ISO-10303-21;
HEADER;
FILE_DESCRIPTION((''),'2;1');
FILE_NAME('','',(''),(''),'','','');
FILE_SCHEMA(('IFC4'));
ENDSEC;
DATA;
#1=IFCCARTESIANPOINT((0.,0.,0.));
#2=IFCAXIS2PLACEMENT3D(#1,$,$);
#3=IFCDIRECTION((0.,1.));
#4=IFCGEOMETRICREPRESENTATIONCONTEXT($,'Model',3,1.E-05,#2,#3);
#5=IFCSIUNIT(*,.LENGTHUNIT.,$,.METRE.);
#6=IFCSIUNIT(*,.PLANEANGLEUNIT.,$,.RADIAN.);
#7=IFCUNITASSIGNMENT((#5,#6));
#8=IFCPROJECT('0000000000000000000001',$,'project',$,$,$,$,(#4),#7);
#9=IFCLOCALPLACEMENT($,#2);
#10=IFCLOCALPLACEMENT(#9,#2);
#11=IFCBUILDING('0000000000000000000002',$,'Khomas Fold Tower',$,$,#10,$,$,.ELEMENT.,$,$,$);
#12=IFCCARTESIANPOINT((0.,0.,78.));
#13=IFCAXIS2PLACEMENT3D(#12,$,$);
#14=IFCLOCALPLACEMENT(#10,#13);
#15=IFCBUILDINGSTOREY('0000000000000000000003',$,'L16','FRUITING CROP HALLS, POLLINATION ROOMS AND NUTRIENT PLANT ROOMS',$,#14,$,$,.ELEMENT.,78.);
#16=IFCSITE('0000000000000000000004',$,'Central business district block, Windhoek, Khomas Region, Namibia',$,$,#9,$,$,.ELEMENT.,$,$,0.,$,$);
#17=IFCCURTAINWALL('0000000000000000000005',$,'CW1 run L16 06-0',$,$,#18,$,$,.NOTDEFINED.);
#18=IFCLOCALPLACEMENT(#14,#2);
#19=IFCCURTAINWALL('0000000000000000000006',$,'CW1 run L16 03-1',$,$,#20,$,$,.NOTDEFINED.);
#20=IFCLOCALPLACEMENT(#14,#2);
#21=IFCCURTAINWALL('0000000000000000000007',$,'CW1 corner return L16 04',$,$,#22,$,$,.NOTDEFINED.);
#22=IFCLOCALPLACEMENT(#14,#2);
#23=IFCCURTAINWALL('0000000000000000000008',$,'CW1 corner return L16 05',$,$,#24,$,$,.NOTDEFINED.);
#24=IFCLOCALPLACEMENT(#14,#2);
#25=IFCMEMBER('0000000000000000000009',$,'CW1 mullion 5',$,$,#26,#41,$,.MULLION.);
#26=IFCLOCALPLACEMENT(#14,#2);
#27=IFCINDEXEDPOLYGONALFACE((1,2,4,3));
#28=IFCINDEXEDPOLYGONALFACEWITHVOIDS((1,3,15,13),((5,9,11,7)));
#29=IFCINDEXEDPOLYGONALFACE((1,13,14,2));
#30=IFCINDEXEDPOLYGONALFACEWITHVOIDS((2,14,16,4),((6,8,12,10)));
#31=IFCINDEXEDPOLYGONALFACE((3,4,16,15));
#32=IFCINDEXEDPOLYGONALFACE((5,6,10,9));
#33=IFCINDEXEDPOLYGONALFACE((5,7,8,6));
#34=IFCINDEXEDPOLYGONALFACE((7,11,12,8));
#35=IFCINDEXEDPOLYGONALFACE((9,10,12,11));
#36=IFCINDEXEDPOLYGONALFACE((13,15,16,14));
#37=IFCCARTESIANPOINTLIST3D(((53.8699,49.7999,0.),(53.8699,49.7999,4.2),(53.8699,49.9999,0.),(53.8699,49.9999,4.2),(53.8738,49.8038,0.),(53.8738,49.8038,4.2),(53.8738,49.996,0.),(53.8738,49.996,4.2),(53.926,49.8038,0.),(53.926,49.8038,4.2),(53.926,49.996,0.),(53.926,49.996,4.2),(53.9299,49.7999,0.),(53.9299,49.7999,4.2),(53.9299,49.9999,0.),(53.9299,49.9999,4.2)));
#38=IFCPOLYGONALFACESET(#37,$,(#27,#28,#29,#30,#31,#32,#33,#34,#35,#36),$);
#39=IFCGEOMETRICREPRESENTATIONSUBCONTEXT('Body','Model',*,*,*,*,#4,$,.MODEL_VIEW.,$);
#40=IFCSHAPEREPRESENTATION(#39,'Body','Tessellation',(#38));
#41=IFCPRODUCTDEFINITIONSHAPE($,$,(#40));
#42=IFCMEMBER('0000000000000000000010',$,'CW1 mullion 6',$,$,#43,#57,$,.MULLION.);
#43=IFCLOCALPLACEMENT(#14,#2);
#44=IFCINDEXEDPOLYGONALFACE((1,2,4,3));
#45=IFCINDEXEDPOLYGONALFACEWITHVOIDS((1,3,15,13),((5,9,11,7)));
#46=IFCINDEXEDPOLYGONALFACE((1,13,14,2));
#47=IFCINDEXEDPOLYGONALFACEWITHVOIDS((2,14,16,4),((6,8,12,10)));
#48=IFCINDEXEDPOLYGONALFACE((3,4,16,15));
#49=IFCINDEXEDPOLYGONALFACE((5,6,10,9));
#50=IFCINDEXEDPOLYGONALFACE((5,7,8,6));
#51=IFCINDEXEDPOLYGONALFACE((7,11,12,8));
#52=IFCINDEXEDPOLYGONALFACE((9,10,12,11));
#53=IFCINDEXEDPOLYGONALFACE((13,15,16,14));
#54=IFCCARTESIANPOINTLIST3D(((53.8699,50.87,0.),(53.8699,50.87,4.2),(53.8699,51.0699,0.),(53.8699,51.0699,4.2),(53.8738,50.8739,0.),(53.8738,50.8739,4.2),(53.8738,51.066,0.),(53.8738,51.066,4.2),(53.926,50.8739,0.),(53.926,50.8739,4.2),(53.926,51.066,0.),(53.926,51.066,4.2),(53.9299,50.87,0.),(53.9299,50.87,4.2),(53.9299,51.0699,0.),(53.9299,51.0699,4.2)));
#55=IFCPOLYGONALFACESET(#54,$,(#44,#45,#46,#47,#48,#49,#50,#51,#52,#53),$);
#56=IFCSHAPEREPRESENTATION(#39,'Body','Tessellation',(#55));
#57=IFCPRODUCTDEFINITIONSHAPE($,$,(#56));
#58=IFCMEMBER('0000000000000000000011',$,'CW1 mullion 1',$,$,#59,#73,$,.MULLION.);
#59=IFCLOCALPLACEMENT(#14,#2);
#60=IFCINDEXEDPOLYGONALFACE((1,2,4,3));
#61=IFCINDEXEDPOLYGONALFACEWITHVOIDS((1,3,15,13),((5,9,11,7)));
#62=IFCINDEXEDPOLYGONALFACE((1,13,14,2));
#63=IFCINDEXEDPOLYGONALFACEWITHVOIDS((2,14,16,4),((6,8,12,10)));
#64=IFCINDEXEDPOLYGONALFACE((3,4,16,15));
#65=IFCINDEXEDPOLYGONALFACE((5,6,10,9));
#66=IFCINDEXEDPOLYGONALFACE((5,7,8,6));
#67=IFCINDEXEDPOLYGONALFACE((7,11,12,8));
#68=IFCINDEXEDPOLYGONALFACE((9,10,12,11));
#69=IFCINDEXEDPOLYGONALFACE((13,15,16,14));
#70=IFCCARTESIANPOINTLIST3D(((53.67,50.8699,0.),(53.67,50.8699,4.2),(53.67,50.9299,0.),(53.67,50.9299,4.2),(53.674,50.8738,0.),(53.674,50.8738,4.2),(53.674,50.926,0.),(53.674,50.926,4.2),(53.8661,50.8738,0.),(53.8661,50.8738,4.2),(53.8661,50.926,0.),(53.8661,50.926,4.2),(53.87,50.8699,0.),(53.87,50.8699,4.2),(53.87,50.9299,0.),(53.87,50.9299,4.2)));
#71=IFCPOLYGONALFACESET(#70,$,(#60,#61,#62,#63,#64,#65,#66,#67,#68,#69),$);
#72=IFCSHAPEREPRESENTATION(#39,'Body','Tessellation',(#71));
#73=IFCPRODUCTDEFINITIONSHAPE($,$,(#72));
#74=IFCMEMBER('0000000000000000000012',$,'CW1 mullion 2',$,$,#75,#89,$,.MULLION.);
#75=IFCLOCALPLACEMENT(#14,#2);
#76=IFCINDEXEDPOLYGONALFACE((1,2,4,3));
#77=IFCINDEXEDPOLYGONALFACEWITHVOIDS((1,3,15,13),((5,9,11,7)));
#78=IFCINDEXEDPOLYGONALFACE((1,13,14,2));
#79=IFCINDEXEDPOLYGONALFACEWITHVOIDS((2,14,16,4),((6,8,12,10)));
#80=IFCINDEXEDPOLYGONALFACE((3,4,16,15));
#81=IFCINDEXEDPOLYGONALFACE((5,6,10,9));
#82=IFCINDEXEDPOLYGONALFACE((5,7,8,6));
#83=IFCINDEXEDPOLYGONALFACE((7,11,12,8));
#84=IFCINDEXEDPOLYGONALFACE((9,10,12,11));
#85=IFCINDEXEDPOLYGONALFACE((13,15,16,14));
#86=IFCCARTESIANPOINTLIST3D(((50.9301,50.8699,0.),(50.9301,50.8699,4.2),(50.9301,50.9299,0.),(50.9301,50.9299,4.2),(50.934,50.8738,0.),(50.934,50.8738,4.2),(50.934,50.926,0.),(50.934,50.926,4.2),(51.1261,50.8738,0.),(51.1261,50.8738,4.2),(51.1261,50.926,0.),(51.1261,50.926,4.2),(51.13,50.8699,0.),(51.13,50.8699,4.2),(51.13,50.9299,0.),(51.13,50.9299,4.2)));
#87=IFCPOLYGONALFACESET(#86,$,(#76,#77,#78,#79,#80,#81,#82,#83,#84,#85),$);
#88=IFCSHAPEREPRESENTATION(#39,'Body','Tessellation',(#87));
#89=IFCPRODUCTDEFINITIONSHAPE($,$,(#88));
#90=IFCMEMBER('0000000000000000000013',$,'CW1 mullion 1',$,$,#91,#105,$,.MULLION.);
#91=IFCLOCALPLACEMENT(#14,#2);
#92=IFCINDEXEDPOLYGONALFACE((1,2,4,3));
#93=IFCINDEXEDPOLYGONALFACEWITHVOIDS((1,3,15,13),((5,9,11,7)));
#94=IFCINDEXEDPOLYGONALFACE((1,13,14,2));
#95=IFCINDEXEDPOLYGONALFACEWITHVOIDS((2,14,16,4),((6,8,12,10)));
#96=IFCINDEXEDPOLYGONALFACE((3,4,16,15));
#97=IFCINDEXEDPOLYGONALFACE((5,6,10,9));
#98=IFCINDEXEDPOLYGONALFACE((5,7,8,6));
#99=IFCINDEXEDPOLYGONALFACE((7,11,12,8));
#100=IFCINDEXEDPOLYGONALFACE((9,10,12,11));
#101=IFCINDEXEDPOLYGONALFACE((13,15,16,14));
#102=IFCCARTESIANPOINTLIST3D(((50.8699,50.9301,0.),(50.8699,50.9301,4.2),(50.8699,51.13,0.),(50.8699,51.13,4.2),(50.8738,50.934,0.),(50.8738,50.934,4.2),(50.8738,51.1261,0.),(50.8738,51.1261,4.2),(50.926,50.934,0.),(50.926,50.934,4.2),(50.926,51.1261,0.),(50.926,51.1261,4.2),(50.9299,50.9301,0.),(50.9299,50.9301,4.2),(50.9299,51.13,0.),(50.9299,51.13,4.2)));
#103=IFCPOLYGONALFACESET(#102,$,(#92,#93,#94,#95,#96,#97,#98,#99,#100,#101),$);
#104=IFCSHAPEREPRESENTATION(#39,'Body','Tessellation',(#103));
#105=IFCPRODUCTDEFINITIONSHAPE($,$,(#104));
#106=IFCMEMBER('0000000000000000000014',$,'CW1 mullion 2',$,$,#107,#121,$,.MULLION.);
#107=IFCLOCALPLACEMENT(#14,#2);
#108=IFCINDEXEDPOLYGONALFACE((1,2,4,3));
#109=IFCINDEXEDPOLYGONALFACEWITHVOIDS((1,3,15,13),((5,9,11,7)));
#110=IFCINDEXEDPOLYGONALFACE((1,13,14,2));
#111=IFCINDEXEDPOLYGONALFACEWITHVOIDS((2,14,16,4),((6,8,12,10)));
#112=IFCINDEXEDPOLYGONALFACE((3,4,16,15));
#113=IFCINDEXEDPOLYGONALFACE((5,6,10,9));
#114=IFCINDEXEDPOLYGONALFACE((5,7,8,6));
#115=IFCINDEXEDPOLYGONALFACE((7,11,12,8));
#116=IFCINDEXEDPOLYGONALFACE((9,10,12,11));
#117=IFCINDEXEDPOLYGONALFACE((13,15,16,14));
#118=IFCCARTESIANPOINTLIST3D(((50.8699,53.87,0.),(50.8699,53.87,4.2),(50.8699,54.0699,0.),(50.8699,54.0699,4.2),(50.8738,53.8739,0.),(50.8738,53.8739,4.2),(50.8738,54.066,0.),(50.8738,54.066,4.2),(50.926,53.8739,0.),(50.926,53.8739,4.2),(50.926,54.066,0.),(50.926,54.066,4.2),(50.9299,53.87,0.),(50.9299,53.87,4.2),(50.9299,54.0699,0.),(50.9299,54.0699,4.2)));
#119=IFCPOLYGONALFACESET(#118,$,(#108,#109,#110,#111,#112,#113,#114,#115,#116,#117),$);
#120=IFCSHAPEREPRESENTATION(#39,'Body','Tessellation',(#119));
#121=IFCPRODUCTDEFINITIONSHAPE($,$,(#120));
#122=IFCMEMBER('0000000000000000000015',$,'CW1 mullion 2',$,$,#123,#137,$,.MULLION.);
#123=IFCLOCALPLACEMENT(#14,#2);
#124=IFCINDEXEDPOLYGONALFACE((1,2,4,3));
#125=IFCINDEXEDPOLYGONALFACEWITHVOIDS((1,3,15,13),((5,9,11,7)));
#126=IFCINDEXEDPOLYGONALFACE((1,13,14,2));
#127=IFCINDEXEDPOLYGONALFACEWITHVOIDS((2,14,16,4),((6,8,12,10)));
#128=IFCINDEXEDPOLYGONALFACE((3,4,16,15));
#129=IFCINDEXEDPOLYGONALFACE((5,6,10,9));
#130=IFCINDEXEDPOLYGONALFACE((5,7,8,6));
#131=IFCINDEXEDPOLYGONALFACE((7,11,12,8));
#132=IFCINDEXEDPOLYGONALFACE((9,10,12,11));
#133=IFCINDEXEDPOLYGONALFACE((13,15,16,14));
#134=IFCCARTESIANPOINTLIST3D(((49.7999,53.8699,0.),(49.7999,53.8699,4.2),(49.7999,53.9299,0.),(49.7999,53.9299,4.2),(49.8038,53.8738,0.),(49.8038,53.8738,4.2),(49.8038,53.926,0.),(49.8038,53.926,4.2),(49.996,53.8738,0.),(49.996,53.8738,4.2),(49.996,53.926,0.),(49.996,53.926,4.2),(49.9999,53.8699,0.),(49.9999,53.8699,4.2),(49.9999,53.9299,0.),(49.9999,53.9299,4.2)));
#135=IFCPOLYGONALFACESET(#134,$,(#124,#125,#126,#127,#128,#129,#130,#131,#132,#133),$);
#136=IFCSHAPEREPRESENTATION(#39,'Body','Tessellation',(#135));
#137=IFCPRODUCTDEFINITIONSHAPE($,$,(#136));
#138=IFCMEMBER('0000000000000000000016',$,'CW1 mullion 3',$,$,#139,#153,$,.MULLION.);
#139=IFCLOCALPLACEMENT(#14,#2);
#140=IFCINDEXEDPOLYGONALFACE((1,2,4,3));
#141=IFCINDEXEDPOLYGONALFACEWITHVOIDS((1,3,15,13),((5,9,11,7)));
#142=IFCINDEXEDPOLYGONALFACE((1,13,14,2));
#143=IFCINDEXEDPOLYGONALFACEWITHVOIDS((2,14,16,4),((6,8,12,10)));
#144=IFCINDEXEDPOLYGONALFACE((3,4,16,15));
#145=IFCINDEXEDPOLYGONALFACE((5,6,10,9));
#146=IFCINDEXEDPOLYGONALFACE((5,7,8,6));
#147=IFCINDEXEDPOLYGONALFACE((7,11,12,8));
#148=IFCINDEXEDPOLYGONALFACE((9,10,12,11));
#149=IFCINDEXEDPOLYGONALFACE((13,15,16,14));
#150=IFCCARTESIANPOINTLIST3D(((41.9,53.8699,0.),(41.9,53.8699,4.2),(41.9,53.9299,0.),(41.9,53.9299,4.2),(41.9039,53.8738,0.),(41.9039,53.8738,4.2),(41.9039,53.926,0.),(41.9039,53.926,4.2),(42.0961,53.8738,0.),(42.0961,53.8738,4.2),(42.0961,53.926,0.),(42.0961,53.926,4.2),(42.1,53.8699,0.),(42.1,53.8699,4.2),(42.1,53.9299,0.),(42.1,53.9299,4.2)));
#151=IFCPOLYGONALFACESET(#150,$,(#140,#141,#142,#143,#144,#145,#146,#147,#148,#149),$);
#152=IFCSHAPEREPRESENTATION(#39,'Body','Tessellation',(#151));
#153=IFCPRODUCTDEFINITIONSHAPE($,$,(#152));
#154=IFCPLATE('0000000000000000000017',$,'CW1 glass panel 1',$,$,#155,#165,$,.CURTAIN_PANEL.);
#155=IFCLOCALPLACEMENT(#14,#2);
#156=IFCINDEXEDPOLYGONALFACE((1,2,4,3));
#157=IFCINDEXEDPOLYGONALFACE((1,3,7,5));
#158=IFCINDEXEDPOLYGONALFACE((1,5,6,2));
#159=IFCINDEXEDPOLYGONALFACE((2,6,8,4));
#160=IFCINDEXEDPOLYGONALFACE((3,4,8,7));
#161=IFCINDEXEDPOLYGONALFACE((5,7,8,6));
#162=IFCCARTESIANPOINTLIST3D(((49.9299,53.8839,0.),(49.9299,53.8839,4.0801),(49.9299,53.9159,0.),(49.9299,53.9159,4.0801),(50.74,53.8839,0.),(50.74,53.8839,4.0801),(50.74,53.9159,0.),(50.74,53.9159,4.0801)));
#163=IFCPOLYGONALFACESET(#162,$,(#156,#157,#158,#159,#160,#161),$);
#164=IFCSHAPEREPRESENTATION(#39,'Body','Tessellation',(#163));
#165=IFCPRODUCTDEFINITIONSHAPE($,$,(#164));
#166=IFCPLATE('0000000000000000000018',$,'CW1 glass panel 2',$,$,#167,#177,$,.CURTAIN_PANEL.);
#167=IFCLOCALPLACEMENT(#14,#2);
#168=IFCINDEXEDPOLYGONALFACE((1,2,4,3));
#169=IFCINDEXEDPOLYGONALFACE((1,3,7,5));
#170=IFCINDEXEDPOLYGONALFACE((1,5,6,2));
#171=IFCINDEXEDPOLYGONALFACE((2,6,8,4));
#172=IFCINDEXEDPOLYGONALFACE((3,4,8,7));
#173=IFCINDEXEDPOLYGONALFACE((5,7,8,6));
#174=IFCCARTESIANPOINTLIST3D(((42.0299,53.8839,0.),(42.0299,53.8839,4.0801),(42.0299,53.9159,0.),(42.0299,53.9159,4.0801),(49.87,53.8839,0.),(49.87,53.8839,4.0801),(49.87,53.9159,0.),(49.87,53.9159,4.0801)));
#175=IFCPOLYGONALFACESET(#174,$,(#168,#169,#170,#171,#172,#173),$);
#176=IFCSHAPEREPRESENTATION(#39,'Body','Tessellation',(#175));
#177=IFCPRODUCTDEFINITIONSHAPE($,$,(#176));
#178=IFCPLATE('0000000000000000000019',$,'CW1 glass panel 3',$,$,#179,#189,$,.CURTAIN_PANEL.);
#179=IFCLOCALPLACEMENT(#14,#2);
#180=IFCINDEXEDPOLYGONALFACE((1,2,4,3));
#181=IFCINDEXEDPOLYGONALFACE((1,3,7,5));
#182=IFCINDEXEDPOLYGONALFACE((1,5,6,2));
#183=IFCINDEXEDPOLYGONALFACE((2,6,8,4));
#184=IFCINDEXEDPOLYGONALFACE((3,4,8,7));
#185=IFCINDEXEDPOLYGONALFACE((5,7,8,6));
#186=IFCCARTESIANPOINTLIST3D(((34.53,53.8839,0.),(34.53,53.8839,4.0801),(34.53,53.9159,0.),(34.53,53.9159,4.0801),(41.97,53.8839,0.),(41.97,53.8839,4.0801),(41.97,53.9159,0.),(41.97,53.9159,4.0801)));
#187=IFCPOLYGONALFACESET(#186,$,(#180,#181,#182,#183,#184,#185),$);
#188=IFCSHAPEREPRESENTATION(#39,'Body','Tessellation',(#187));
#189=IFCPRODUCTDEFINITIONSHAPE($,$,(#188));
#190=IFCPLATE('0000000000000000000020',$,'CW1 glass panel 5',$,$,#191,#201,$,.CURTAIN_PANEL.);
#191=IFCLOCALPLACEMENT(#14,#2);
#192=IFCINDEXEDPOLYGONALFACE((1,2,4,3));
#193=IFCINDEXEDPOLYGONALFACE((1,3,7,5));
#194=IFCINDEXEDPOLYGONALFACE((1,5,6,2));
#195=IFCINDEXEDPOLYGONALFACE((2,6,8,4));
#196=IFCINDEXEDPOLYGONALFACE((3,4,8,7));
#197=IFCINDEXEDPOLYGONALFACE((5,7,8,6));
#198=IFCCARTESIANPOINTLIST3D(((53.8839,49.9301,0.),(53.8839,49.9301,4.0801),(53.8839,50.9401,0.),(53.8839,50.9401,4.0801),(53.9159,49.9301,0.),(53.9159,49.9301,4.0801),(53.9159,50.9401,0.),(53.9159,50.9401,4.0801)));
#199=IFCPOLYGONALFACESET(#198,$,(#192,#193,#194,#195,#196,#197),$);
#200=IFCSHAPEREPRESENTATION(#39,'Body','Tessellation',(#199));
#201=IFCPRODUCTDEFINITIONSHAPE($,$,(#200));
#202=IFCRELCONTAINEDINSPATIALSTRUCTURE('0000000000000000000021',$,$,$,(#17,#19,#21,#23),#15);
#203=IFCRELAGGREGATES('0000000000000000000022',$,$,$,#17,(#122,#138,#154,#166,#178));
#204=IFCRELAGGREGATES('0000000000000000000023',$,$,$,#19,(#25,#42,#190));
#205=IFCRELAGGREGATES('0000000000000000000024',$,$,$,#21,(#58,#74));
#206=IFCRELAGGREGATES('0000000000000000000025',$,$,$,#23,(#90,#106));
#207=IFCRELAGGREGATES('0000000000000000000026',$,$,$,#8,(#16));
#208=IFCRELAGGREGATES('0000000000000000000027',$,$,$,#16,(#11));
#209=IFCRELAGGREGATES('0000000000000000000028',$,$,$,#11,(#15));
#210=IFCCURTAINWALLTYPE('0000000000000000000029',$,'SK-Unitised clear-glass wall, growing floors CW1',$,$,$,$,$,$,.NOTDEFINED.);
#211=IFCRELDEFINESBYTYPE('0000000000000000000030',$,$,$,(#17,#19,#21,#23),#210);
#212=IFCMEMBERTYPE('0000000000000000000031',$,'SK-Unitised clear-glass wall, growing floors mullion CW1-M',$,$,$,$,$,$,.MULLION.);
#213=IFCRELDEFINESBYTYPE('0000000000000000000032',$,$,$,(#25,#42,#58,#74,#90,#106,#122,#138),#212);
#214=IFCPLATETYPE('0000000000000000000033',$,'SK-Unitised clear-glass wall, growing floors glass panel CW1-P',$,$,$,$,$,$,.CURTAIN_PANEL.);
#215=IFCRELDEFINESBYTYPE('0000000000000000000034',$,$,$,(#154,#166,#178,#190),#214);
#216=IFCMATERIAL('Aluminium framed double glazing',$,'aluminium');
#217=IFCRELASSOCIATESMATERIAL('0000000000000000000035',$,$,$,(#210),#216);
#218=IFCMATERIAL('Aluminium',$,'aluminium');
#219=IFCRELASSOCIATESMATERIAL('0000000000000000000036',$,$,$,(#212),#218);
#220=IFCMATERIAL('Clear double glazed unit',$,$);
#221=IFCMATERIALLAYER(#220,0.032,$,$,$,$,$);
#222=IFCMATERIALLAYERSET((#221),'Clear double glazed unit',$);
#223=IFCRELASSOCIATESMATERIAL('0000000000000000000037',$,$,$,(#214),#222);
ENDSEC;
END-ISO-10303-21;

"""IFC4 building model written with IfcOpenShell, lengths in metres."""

from ifc_helpers import new_model, si_unit, direction, frame, origin, origin_2d, place, context, subcontext, project, spatial, rectangle, hollow_rectangle, extrude, source, transform, mapped, material, layer, layer_set, material_profile, profile_set, type_object, element, aggregate, save


model = new_model("IFC4")

# Units and contexts
model_context = context("Model", 3, precision=1e-05, world=origin(), true_north=direction((0.0, 1.0)))
body_context = subcontext(model_context, "Body", "Model", "MODEL_VIEW")
ifc_project = project(units=[si_unit("LENGTHUNIT", "METRE"), si_unit("PLANEANGLEUNIT", "RADIAN")], contexts=[model_context])

# Site, building, storey
site_placement = place(None, origin())
site = spatial("IfcSite", under=ifc_project, at=site_placement, Name="Central business district block, Windhoek, Khomas Region, Namibia", CompositionType="ELEMENT", RefElevation=0.0)
building_placement = place(site_placement, origin())
building = spatial("IfcBuilding", under=site, at=building_placement, Name="Khomas Fold Tower", CompositionType="ELEMENT")
storey_placement = place(building_placement, frame((0.0, 0.0, 78.0)))
storey = spatial("IfcBuildingStorey", under=building, at=storey_placement, Name="L16", Description="FRUITING CROP HALLS, POLLINATION ROOMS AND NUTRIENT PLANT ROOMS", CompositionType="ELEMENT", Elevation=78.0)

# Curtain wall
ifc_material_1 = material(Name="Aluminium framed double glazing", Category="aluminium")
curtain_wall_type = type_object("IfcCurtainWallType", Name="SK-Unitised clear-glass wall, growing floors CW1", PredefinedType="NOTDEFINED", material=ifc_material_1)
curtain_wall_1_placement = place(storey_placement, origin())
curtain_wall_1 = element("IfcCurtainWall", 1, at=curtain_wall_1_placement, inside=storey, type_object=curtain_wall_type, Name="CW1 run L16 06-0", PredefinedType="NOTDEFINED")

# Curtain walls
curtain_wall_2_placement = place(storey_placement, origin())
curtain_wall_2 = element("IfcCurtainWall", 2, at=curtain_wall_2_placement, inside=storey, type_object=curtain_wall_type, Name="CW1 run L16 03-1", PredefinedType="NOTDEFINED")
curtain_wall_3_placement = place(storey_placement, origin())
curtain_wall_3 = element("IfcCurtainWall", 3, at=curtain_wall_3_placement, inside=storey, type_object=curtain_wall_type, Name="CW1 corner return L16 04", PredefinedType="NOTDEFINED")
curtain_wall_4_placement = place(storey_placement, origin())
curtain_wall_4 = element("IfcCurtainWall", 4, at=curtain_wall_4_placement, inside=storey, type_object=curtain_wall_type, Name="CW1 corner return L16 05", PredefinedType="NOTDEFINED")

# Members
ifc_material_2 = material(Name="Aluminium", Category="aluminium")
ifc_material_profile_1 = material_profile(ifc_material_2, hollow_rectangle(XDim=0.0601, YDim=0.2, WallThickness=0.0039, at=origin_2d()), Name="SK-Unitised clear-glass wall, growing floors mullion CW1-M")
ifc_profile_set_1 = profile_set([ifc_material_profile_1], Name="Aluminium")
member_type_1 = type_object("IfcMemberType", Name="SK-Unitised clear-glass wall, growing floors mullion CW1-M", PredefinedType="MULLION", material=ifc_profile_set_1)
shared_shape_1 = source(origin(), body_context, "Body", "SweptSolid", [
    extrude(hollow_rectangle(XDim=0.0601, YDim=0.2, WallThickness=0.0039, at=origin_2d()), origin(), (0.0, 0.0, 1.0), 4.2),
])
member_1_placement = place(storey_placement, frame((53.8999, 49.8999, 0.0), z_axis=(0.0, 0.0, 1.0), x_axis=(-1.0, 0.0, 0.0)))
member_1 = element("IfcMember", 5, at=member_1_placement, type_object=member_type_1, Name="CW1 mullion 5", PredefinedType="MULLION", context=body_context, shape_type="MappedRepresentation", body=[
    mapped(shared_shape_1, transform((0.0, 0.0, 0.0))),
])
member_2_placement = place(storey_placement, frame((53.8999, 50.97, 0.0), z_axis=(0.0, 0.0, 1.0), x_axis=(-1.0, 0.0, 0.0)))
member_2 = element("IfcMember", 6, at=member_2_placement, type_object=member_type_1, Name="CW1 mullion 6", PredefinedType="MULLION", context=body_context, shape_type="MappedRepresentation", body=[
    mapped(shared_shape_1, transform((0.0, 0.0, 0.0))),
])
member_3_placement = place(storey_placement, frame((53.77, 50.8999, 0.0), z_axis=(0.0, 0.0, 1.0), x_axis=(0.0, -1.0, 0.0)))
member_3 = element("IfcMember", 7, at=member_3_placement, type_object=member_type_1, Name="CW1 mullion 1", PredefinedType="MULLION", context=body_context, shape_type="MappedRepresentation", body=[
    mapped(shared_shape_1, transform((0.0, 0.0, 0.0))),
])
member_4_placement = place(storey_placement, frame((51.03, 50.8999, 0.0), z_axis=(0.0, 0.0, 1.0), x_axis=(0.0, -1.0, 0.0)))
member_4 = element("IfcMember", 8, at=member_4_placement, type_object=member_type_1, Name="CW1 mullion 2", PredefinedType="MULLION", context=body_context, shape_type="MappedRepresentation", body=[
    mapped(shared_shape_1, transform((0.0, 0.0, 0.0))),
])
member_5_placement = place(storey_placement, frame((50.8999, 51.03, 0.0), z_axis=(0.0, 0.0, 1.0), x_axis=(-1.0, 0.0, 0.0)))
member_5 = element("IfcMember", 9, at=member_5_placement, type_object=member_type_1, Name="CW1 mullion 1", PredefinedType="MULLION", context=body_context, shape_type="MappedRepresentation", body=[
    mapped(shared_shape_1, transform((0.0, 0.0, 0.0))),
])
member_6_placement = place(storey_placement, frame((50.8999, 53.97, 0.0), z_axis=(0.0, 0.0, 1.0), x_axis=(-1.0, 0.0, 0.0)))
member_6 = element("IfcMember", 10, at=member_6_placement, type_object=member_type_1, Name="CW1 mullion 2", PredefinedType="MULLION", context=body_context, shape_type="MappedRepresentation", body=[
    mapped(shared_shape_1, transform((0.0, 0.0, 0.0))),
])
member_7_placement = place(storey_placement, frame((49.8999, 53.8999, 0.0), z_axis=(0.0, 0.0, 1.0), x_axis=(0.0, -1.0, 0.0)))
member_7 = element("IfcMember", 11, at=member_7_placement, type_object=member_type_1, Name="CW1 mullion 2", PredefinedType="MULLION", context=body_context, shape_type="MappedRepresentation", body=[
    mapped(shared_shape_1, transform((0.0, 0.0, 0.0))),
])
member_8_placement = place(storey_placement, frame((42.0, 53.8999, 0.0), z_axis=(0.0, 0.0, 1.0), x_axis=(0.0, -1.0, 0.0)))
member_8 = element("IfcMember", 12, at=member_8_placement, type_object=member_type_1, Name="CW1 mullion 3", PredefinedType="MULLION", context=body_context, shape_type="MappedRepresentation", body=[
    mapped(shared_shape_1, transform((0.0, 0.0, 0.0))),
])

# Plates
ifc_material_3 = material(Name="Clear double glazed unit")
ifc_layer = layer(ifc_material_3, 0.032)
ifc_layer_set = layer_set([ifc_layer], Name="Clear double glazed unit")
plate_type = type_object("IfcPlateType", Name="SK-Unitised clear-glass wall, growing floors glass panel CW1-P", PredefinedType="CURTAIN_PANEL", material=ifc_layer_set)
shared_shape_2 = source(origin(), body_context, "Body", "SweptSolid", [
    extrude(rectangle(XDim=0.8101, YDim=0.032, at=origin_2d()), origin(), (0.0, 0.0, 1.0), 4.0801),
])
plate_1_placement = place(storey_placement, frame((50.335, 53.8999, 0.0), z_axis=(0.0, 0.0, 1.0), x_axis=(-1.0, 0.0, 0.0)))
plate_1 = element("IfcPlate", 13, at=plate_1_placement, type_object=plate_type, Name="CW1 glass panel 1", PredefinedType="CURTAIN_PANEL", context=body_context, shape_type="MappedRepresentation", body=[
    mapped(shared_shape_2, transform((0.0, 0.0, 0.0))),
])
shared_shape_3 = source(origin(), body_context, "Body", "SweptSolid", [
    extrude(rectangle(XDim=7.8401, YDim=0.032, at=origin_2d()), origin(), (0.0, 0.0, 1.0), 4.0801),
])
plate_2_placement = place(storey_placement, frame((45.95, 53.8999, 0.0), z_axis=(0.0, 0.0, 1.0), x_axis=(-1.0, 0.0, 0.0)))
plate_2 = element("IfcPlate", 14, at=plate_2_placement, type_object=plate_type, Name="CW1 glass panel 2", PredefinedType="CURTAIN_PANEL", context=body_context, shape_type="MappedRepresentation", body=[
    mapped(shared_shape_3, transform((0.0, 0.0, 0.0))),
])
shared_shape_4 = source(origin(), body_context, "Body", "SweptSolid", [
    extrude(rectangle(XDim=7.4399, YDim=0.032, at=origin_2d()), origin(), (0.0, 0.0, 1.0), 4.0801),
])
plate_3_placement = place(storey_placement, frame((38.25, 53.8999, 0.0), z_axis=(0.0, 0.0, 1.0), x_axis=(-1.0, 0.0, 0.0)))
plate_3 = element("IfcPlate", 15, at=plate_3_placement, type_object=plate_type, Name="CW1 glass panel 3", PredefinedType="CURTAIN_PANEL", context=body_context, shape_type="MappedRepresentation", body=[
    mapped(shared_shape_4, transform((0.0, 0.0, 0.0))),
])
aggregate(curtain_wall_1, [member_7, member_8, plate_1, plate_2, plate_3])
shared_shape_5 = source(origin(), body_context, "Body", "SweptSolid", [
    extrude(rectangle(XDim=1.01, YDim=0.032, at=origin_2d()), origin(), (0.0, 0.0, 1.0), 4.0801),
])
plate_4_placement = place(storey_placement, frame((53.8999, 50.4351, 0.0), z_axis=(0.0, 0.0, 1.0), x_axis=(0.0, 1.0, 0.0)))
plate_4 = element("IfcPlate", 16, at=plate_4_placement, type_object=plate_type, Name="CW1 glass panel 5", PredefinedType="CURTAIN_PANEL", context=body_context, shape_type="MappedRepresentation", body=[
    mapped(shared_shape_5, transform((0.0, 0.0, 0.0))),
])
aggregate(curtain_wall_2, [member_1, member_2, plate_4])
aggregate(curtain_wall_3, [member_3, member_4])
aggregate(curtain_wall_4, [member_5, member_6])

save(model, "model.ifc")
